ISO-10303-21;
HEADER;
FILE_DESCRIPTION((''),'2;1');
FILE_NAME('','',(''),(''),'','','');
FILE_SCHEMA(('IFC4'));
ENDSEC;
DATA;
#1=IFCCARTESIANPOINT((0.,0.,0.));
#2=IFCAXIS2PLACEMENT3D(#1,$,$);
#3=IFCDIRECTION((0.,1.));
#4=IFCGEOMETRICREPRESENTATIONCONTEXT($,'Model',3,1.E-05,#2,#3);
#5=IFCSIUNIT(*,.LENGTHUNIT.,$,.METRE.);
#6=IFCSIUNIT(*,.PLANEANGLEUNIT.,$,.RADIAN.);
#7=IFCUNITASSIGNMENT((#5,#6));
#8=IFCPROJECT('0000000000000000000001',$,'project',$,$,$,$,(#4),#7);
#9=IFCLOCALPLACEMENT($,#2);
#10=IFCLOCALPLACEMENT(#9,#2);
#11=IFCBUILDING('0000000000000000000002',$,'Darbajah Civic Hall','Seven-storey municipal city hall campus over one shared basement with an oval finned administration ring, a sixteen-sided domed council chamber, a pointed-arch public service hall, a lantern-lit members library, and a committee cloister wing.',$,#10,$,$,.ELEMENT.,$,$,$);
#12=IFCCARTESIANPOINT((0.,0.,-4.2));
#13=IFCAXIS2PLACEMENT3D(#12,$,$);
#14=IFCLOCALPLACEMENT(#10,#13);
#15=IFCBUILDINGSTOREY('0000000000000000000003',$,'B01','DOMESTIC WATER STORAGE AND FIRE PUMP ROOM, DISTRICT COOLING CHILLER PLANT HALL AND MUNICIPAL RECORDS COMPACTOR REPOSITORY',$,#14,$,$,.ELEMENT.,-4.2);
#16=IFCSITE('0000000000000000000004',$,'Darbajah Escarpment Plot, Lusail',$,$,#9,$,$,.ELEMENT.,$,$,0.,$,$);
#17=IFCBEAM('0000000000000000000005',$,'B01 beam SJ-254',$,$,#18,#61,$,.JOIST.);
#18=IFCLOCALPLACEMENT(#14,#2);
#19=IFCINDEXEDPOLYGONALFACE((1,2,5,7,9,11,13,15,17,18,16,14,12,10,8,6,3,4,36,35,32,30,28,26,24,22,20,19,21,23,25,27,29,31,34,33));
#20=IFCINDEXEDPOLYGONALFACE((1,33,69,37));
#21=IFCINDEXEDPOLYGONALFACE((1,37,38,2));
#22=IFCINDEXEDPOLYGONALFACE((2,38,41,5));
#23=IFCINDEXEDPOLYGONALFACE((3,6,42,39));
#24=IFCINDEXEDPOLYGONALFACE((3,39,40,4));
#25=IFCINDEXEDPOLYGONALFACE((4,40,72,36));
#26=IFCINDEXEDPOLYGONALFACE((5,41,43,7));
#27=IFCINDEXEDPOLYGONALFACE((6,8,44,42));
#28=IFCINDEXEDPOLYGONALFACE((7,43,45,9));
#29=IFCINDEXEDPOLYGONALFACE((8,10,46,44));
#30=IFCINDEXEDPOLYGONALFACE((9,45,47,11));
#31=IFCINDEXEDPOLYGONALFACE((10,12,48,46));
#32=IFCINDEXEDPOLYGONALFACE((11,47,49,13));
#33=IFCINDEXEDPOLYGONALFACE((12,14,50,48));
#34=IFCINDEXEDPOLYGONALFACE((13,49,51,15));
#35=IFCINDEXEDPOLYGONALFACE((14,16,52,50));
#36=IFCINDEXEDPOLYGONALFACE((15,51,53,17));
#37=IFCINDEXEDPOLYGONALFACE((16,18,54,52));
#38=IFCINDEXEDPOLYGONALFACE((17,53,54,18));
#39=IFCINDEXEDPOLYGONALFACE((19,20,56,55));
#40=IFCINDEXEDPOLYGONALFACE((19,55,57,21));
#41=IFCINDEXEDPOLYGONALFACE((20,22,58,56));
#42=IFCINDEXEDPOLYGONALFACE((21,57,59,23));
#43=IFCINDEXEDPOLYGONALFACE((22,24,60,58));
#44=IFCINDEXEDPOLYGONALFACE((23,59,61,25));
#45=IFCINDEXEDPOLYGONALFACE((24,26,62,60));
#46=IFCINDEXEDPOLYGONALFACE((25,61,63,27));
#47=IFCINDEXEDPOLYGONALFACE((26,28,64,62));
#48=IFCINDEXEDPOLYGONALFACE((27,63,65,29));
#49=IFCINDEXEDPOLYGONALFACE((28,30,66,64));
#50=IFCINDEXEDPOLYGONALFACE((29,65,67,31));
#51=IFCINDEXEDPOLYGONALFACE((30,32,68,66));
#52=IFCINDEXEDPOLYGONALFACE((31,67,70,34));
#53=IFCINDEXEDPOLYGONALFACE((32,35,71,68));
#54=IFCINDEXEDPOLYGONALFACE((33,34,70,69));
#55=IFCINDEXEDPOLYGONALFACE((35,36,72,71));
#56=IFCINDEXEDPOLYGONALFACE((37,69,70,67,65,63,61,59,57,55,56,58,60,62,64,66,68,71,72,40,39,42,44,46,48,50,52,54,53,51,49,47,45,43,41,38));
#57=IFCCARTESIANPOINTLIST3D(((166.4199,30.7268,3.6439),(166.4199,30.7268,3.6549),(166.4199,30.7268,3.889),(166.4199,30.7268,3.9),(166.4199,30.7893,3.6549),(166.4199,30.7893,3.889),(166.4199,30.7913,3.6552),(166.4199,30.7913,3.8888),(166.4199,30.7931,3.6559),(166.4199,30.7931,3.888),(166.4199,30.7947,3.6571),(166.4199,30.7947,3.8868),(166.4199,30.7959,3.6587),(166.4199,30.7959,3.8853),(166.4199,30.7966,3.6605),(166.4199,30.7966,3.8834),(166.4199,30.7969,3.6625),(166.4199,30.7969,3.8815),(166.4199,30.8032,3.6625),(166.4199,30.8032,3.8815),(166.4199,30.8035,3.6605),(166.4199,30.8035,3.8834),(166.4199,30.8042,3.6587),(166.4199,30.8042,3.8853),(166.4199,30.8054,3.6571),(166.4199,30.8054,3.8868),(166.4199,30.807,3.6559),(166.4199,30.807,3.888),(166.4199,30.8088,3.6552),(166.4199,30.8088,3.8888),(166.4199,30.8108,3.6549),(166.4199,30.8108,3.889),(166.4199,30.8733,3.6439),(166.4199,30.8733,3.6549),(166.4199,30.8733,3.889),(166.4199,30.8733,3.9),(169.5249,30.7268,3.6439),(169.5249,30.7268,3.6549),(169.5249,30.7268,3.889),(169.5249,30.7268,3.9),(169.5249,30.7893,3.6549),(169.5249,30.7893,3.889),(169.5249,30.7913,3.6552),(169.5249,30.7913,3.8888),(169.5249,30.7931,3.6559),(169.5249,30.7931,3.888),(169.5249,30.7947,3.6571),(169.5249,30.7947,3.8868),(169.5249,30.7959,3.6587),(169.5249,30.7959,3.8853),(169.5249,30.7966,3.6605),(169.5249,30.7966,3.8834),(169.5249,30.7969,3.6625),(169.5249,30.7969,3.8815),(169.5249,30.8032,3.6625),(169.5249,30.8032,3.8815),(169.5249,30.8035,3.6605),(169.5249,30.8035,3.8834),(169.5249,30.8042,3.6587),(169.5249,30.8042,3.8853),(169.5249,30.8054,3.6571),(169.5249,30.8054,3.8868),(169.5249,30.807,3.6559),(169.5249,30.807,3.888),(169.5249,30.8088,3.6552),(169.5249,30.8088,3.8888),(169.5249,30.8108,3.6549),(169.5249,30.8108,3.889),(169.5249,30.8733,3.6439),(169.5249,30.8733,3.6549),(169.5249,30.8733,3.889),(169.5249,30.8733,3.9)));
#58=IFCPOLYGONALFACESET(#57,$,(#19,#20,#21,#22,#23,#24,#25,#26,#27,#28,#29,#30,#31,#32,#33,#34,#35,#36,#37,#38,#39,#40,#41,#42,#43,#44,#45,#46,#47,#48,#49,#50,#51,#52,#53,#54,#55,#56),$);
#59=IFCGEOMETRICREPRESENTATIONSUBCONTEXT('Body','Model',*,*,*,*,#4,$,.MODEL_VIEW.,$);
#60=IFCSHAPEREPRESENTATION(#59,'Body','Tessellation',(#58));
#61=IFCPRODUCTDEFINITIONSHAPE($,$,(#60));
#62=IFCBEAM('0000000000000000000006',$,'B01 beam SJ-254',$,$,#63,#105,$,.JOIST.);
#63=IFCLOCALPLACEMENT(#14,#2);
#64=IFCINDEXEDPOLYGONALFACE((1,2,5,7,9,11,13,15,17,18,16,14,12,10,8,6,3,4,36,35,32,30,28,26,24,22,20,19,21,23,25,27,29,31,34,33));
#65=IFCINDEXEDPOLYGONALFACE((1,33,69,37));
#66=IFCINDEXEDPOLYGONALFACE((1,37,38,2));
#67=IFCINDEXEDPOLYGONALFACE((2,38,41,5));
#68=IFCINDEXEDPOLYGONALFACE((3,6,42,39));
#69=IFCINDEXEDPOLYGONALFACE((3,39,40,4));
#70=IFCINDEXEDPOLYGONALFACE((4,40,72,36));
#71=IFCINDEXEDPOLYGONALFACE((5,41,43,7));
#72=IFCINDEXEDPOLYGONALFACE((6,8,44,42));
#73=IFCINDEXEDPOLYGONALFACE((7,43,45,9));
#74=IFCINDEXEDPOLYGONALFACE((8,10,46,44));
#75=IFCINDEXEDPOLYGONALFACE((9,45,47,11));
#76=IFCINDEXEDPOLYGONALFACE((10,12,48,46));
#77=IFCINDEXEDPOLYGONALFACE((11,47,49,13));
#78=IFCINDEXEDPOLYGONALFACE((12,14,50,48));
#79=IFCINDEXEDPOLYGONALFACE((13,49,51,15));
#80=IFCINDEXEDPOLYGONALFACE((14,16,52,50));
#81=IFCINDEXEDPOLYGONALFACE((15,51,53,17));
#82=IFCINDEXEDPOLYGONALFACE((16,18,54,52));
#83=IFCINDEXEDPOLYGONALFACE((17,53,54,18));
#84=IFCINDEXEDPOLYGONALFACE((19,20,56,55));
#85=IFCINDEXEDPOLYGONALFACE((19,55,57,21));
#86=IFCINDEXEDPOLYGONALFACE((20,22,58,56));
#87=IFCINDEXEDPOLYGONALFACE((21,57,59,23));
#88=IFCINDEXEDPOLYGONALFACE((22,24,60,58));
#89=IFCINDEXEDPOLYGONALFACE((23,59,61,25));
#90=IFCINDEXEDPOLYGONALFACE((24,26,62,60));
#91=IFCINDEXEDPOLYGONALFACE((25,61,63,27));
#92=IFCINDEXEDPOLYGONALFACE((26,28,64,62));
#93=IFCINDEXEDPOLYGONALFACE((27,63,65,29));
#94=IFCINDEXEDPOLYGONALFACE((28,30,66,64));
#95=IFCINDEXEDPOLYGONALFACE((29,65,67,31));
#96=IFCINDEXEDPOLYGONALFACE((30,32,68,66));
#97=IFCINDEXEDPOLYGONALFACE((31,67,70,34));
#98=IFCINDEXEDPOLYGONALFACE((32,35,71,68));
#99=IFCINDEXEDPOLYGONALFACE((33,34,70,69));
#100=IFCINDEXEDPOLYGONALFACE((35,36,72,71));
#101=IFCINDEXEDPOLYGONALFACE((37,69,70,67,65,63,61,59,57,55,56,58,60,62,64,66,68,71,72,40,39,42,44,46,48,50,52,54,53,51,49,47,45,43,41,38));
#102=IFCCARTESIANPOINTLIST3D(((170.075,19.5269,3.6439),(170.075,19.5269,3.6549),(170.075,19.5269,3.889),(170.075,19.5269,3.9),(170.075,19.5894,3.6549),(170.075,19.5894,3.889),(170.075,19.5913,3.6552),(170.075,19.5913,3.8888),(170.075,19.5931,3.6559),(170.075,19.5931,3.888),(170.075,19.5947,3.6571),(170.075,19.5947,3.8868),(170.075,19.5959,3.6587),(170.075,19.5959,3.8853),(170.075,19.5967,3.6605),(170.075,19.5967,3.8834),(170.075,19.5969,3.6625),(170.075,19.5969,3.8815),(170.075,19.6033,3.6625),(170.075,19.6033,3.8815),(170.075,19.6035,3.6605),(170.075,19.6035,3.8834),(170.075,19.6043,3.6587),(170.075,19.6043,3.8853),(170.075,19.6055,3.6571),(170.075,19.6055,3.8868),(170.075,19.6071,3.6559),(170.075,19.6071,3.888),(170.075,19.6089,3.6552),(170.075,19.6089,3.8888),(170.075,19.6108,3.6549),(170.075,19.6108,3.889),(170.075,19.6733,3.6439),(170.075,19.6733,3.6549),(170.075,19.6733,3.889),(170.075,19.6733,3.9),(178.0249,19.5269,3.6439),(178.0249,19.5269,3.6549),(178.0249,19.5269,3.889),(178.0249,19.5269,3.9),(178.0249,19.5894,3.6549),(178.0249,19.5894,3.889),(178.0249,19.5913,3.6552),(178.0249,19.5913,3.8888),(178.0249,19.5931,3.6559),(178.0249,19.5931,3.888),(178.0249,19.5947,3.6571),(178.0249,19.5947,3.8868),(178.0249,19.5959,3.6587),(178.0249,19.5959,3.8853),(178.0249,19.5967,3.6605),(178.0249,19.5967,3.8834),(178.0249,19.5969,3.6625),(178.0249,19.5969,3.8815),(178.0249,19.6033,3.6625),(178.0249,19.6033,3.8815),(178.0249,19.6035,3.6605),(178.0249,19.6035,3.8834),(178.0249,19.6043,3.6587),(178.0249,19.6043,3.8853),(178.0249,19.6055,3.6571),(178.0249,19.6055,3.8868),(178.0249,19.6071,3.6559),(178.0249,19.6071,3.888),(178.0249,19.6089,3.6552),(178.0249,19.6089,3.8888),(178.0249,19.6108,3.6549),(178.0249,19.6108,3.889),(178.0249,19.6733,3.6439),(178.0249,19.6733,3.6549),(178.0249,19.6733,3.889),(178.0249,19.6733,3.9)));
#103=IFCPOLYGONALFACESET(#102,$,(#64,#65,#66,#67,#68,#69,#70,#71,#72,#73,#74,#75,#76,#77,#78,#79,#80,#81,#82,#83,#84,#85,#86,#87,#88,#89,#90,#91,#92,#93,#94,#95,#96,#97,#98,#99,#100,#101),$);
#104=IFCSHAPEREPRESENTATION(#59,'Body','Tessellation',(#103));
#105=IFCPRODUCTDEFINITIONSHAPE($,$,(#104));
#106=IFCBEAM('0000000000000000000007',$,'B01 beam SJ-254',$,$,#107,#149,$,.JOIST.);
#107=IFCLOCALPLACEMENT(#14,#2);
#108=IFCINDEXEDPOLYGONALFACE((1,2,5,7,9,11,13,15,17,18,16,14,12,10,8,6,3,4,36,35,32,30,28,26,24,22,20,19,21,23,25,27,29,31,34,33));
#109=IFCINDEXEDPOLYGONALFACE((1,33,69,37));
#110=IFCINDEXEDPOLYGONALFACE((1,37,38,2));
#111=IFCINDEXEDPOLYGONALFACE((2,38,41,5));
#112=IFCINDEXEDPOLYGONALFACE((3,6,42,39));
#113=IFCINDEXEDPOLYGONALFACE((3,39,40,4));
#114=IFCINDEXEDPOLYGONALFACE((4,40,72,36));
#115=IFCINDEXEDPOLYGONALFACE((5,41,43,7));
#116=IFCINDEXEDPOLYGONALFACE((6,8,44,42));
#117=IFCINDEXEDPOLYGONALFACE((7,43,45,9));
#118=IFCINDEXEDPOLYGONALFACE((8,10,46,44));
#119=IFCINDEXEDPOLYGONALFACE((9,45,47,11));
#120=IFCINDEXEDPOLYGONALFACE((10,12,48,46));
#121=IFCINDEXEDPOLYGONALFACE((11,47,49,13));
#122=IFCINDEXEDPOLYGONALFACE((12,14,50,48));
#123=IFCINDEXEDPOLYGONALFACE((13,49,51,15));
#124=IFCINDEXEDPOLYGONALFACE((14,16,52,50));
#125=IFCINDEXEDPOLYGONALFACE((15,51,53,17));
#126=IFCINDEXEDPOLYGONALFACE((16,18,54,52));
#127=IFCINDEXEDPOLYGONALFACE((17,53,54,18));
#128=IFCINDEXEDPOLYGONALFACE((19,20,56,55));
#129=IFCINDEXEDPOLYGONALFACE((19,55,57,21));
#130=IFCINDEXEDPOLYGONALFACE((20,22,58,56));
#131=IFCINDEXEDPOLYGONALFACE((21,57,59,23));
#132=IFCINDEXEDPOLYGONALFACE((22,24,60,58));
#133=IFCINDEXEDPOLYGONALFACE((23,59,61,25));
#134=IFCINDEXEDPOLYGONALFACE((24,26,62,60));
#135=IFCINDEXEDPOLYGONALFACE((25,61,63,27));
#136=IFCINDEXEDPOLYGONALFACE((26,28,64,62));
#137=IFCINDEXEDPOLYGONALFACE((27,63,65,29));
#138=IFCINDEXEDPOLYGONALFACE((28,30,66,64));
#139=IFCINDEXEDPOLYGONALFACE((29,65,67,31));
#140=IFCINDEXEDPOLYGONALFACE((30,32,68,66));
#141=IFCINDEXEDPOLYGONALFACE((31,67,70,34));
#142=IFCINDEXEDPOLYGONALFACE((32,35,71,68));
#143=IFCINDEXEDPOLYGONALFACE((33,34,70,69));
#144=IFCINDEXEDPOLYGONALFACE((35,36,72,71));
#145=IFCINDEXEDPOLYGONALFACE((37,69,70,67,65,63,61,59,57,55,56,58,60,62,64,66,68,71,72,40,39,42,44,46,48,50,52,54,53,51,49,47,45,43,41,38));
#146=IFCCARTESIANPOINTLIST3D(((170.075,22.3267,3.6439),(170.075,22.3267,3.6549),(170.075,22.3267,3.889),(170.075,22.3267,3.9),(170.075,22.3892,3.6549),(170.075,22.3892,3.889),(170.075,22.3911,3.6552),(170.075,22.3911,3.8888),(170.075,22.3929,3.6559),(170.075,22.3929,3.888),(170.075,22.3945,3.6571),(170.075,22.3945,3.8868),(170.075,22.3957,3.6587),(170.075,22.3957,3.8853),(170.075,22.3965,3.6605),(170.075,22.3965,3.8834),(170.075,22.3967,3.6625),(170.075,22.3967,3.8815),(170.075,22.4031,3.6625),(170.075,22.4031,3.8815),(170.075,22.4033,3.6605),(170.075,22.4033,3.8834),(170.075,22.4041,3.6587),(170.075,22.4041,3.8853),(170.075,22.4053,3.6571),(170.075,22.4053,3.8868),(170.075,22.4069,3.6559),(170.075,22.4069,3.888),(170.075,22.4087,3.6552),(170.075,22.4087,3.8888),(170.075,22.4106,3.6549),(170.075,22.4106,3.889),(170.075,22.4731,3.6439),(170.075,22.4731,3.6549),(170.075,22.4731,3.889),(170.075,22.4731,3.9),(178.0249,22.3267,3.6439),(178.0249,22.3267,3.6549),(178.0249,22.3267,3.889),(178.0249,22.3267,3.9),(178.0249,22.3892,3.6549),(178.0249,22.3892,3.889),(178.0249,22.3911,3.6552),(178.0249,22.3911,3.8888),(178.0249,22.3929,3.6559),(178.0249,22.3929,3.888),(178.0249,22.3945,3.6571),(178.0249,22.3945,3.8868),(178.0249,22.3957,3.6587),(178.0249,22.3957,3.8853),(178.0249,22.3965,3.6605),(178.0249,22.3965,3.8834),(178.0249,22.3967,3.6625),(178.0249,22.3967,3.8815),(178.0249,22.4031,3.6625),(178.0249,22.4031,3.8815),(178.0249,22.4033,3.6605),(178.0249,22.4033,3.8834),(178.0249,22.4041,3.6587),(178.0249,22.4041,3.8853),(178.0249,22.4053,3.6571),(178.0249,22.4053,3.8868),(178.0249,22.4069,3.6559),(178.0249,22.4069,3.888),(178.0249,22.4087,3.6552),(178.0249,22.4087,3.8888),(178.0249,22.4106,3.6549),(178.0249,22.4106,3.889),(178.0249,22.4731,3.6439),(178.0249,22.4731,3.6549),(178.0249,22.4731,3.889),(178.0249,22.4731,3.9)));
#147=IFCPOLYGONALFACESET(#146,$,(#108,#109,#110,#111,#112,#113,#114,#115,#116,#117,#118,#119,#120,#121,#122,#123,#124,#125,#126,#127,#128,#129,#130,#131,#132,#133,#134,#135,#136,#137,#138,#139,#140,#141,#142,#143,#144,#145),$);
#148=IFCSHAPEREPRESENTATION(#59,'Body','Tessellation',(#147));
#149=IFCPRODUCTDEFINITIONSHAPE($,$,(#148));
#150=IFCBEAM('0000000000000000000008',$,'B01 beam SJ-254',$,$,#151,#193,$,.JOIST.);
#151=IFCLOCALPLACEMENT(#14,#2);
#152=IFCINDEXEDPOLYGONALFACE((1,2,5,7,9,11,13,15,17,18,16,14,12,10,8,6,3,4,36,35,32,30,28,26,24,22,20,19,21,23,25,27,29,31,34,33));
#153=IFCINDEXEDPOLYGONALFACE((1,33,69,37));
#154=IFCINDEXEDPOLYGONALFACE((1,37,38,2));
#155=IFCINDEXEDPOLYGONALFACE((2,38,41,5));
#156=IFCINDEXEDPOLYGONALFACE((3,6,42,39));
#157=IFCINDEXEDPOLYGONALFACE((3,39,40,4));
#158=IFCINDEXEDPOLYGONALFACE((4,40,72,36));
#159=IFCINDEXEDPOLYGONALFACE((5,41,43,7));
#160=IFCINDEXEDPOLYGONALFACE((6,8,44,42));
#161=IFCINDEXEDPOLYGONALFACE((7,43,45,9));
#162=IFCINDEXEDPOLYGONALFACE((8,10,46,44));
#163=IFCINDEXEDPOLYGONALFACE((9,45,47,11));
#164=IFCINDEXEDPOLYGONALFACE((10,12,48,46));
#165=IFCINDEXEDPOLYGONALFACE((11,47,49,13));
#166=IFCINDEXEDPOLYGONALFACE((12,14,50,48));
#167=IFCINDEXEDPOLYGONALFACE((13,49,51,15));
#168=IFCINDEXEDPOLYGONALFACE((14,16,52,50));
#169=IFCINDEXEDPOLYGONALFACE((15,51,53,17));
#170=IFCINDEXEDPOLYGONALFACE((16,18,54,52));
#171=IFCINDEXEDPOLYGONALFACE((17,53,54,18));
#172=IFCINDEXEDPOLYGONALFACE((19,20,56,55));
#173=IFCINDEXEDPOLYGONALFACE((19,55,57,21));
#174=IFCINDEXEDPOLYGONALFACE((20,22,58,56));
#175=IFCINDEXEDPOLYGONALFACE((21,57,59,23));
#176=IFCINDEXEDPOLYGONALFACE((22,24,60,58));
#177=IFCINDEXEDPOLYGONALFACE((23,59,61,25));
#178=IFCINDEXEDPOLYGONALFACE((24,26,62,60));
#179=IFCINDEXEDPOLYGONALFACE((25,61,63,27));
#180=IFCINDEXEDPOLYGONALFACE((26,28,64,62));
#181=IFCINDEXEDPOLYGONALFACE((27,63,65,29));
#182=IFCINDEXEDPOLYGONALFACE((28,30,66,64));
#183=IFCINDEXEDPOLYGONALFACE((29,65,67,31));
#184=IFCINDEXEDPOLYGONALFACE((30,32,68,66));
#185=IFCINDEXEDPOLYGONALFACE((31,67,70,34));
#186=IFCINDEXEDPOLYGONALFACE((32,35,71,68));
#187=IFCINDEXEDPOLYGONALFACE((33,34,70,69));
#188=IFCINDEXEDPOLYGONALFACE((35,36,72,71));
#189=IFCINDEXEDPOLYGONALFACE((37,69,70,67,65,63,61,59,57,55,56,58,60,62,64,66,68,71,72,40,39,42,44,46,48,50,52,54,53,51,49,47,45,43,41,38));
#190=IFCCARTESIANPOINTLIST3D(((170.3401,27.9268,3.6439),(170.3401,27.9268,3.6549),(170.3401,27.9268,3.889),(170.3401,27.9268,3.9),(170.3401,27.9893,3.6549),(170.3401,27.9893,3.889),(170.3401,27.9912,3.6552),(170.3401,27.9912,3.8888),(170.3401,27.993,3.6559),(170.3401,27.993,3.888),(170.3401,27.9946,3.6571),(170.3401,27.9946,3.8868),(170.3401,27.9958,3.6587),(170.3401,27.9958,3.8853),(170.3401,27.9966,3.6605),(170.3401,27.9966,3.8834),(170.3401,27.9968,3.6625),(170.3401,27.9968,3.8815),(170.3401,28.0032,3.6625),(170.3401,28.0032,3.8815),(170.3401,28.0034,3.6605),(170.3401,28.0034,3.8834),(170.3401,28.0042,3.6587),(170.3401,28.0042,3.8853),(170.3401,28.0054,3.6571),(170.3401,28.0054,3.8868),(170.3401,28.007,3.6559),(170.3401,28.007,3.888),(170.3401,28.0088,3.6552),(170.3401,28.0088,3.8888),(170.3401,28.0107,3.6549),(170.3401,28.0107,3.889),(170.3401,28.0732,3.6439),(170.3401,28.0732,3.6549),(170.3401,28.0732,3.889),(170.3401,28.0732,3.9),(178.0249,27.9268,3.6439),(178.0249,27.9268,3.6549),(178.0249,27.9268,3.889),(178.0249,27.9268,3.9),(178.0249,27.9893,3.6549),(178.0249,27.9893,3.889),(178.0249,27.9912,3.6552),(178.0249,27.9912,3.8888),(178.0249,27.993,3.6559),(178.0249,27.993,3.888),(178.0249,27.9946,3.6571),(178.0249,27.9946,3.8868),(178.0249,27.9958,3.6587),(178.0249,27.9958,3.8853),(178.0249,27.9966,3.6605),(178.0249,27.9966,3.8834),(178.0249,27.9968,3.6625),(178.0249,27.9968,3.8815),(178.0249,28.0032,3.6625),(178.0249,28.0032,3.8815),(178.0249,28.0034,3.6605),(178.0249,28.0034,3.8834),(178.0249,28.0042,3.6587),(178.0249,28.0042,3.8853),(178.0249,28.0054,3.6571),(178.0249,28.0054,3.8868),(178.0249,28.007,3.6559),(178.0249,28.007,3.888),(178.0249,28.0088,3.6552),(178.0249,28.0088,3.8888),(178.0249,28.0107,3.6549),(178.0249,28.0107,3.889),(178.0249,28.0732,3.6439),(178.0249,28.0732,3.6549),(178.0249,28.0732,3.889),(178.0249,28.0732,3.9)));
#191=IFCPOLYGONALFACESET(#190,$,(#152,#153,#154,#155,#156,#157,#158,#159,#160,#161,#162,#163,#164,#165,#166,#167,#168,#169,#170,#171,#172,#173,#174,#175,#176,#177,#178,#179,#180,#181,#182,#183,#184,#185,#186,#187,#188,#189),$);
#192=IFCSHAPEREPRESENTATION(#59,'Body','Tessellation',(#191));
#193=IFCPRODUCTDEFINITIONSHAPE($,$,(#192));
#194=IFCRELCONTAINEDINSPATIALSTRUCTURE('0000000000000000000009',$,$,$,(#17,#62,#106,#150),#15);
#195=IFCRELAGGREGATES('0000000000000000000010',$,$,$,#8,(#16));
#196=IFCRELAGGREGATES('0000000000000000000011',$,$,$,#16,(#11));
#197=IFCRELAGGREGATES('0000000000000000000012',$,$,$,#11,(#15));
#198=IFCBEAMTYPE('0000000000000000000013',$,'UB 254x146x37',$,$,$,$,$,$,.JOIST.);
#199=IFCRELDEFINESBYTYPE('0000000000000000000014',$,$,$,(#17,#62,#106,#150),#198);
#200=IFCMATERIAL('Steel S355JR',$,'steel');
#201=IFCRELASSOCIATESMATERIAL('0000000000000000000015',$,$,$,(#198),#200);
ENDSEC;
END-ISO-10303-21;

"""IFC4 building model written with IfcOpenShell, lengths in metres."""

from ifc_helpers import new_model, si_unit, direction, frame, origin, origin_2d, place, context, subcontext, project, spatial, i_section, extrude, material, material_profile, profile_set, type_object, element, save


model = new_model("IFC4")

# Units and contexts
model_context = context("Model", 3, precision=1e-05, world=origin(), true_north=direction((0.0, 1.0)))
body_context = subcontext(model_context, "Body", "Model", "MODEL_VIEW")
ifc_project = project(units=[si_unit("LENGTHUNIT", "METRE"), si_unit("PLANEANGLEUNIT", "RADIAN")], contexts=[model_context])

# Site, building, storey
site_placement = place(None, origin())
site = spatial("IfcSite", under=ifc_project, at=site_placement, Name="Darbajah Escarpment Plot, Lusail", CompositionType="ELEMENT", RefElevation=0.0)
building_placement = place(site_placement, origin())
building = spatial("IfcBuilding", under=site, at=building_placement, Name="Darbajah Civic Hall", Description="Seven-storey municipal city hall campus over one shared basement with an oval finned administration ring, a sixteen-sided domed council chamber, a pointed-arch public service hall, a lantern-lit members library, and a committee cloister wing.", CompositionType="ELEMENT")
storey_placement = place(building_placement, frame((0.0, 0.0, -4.2)))
storey = spatial("IfcBuildingStorey", under=building, at=storey_placement, Name="B01", Description="DOMESTIC WATER STORAGE AND FIRE PUMP ROOM, DISTRICT COOLING CHILLER PLANT HALL AND MUNICIPAL RECORDS COMPACTOR REPOSITORY", CompositionType="ELEMENT", Elevation=-4.2)

# Beams
ifc_material_1 = material(Name="Steel S355JR", Category="steel")
ifc_material_profile_1 = material_profile(ifc_material_1, i_section(OverallWidth=0.1465, OverallDepth=0.2561, WebThickness=0.0063, FlangeThickness=0.011, FilletRadius=0.0076, at=origin_2d()), Name="UB 254x146x37")
ifc_profile_set_1 = profile_set([ifc_material_profile_1], Name="Steel S355JR")
beam_type_1 = type_object("IfcBeamType", Name="UB 254x146x37", PredefinedType="JOIST", material=ifc_profile_set_1)
beam_1_placement = place(storey_placement, frame((166.4199, 30.8, 3.772), z_axis=(1.0, 0.0, 0.0), x_axis=(0.0, 1.0, 0.0)))
element("IfcBeam", 1, at=beam_1_placement, inside=storey, type_object=beam_type_1, Name="B01 beam SJ-254", PredefinedType="JOIST", context=body_context, shape_type="SweptSolid", body=[
    extrude(i_section(OverallWidth=0.1465, OverallDepth=0.2561, WebThickness=0.0063, FlangeThickness=0.011, FilletRadius=0.0076, at=origin_2d()), origin(), (0.0, 0.0, 1.0), 3.105),
])
for number, where, z_axis, x_axis, name in (
    (2, (170.075, 19.6001, 3.772), (1.0, 0.0, 0.0), (0.0, 1.0, 0.0), "B01 beam SJ-254"),
    (3, (170.075, 22.3999, 3.772), (1.0, 0.0, 0.0), (0.0, 1.0, 0.0), "B01 beam SJ-254"),
):
    element("IfcBeam", number, at=place(storey_placement, frame(where, z_axis=z_axis, x_axis=x_axis)), inside=storey, type_object=beam_type_1, Name=name, PredefinedType="JOIST", context=body_context, shape_type="SweptSolid", body=[
        extrude(i_section(OverallWidth=0.1465, OverallDepth=0.2561, WebThickness=0.0063, FlangeThickness=0.011, FilletRadius=0.0076, at=origin_2d()), origin(), (0.0, 0.0, 1.0), 7.95),
    ])
beam_2_placement = place(storey_placement, frame((170.3401, 28.0, 3.772), z_axis=(1.0, 0.0, 0.0), x_axis=(0.0, 1.0, 0.0)))
element("IfcBeam", 4, at=beam_2_placement, inside=storey, type_object=beam_type_1, Name="B01 beam SJ-254", PredefinedType="JOIST", context=body_context, shape_type="SweptSolid", body=[
    extrude(i_section(OverallWidth=0.1465, OverallDepth=0.2561, WebThickness=0.0063, FlangeThickness=0.011, FilletRadius=0.0076, at=origin_2d()), origin(), (0.0, 0.0, 1.0), 7.6848),
])

save(model, "model.ifc")
